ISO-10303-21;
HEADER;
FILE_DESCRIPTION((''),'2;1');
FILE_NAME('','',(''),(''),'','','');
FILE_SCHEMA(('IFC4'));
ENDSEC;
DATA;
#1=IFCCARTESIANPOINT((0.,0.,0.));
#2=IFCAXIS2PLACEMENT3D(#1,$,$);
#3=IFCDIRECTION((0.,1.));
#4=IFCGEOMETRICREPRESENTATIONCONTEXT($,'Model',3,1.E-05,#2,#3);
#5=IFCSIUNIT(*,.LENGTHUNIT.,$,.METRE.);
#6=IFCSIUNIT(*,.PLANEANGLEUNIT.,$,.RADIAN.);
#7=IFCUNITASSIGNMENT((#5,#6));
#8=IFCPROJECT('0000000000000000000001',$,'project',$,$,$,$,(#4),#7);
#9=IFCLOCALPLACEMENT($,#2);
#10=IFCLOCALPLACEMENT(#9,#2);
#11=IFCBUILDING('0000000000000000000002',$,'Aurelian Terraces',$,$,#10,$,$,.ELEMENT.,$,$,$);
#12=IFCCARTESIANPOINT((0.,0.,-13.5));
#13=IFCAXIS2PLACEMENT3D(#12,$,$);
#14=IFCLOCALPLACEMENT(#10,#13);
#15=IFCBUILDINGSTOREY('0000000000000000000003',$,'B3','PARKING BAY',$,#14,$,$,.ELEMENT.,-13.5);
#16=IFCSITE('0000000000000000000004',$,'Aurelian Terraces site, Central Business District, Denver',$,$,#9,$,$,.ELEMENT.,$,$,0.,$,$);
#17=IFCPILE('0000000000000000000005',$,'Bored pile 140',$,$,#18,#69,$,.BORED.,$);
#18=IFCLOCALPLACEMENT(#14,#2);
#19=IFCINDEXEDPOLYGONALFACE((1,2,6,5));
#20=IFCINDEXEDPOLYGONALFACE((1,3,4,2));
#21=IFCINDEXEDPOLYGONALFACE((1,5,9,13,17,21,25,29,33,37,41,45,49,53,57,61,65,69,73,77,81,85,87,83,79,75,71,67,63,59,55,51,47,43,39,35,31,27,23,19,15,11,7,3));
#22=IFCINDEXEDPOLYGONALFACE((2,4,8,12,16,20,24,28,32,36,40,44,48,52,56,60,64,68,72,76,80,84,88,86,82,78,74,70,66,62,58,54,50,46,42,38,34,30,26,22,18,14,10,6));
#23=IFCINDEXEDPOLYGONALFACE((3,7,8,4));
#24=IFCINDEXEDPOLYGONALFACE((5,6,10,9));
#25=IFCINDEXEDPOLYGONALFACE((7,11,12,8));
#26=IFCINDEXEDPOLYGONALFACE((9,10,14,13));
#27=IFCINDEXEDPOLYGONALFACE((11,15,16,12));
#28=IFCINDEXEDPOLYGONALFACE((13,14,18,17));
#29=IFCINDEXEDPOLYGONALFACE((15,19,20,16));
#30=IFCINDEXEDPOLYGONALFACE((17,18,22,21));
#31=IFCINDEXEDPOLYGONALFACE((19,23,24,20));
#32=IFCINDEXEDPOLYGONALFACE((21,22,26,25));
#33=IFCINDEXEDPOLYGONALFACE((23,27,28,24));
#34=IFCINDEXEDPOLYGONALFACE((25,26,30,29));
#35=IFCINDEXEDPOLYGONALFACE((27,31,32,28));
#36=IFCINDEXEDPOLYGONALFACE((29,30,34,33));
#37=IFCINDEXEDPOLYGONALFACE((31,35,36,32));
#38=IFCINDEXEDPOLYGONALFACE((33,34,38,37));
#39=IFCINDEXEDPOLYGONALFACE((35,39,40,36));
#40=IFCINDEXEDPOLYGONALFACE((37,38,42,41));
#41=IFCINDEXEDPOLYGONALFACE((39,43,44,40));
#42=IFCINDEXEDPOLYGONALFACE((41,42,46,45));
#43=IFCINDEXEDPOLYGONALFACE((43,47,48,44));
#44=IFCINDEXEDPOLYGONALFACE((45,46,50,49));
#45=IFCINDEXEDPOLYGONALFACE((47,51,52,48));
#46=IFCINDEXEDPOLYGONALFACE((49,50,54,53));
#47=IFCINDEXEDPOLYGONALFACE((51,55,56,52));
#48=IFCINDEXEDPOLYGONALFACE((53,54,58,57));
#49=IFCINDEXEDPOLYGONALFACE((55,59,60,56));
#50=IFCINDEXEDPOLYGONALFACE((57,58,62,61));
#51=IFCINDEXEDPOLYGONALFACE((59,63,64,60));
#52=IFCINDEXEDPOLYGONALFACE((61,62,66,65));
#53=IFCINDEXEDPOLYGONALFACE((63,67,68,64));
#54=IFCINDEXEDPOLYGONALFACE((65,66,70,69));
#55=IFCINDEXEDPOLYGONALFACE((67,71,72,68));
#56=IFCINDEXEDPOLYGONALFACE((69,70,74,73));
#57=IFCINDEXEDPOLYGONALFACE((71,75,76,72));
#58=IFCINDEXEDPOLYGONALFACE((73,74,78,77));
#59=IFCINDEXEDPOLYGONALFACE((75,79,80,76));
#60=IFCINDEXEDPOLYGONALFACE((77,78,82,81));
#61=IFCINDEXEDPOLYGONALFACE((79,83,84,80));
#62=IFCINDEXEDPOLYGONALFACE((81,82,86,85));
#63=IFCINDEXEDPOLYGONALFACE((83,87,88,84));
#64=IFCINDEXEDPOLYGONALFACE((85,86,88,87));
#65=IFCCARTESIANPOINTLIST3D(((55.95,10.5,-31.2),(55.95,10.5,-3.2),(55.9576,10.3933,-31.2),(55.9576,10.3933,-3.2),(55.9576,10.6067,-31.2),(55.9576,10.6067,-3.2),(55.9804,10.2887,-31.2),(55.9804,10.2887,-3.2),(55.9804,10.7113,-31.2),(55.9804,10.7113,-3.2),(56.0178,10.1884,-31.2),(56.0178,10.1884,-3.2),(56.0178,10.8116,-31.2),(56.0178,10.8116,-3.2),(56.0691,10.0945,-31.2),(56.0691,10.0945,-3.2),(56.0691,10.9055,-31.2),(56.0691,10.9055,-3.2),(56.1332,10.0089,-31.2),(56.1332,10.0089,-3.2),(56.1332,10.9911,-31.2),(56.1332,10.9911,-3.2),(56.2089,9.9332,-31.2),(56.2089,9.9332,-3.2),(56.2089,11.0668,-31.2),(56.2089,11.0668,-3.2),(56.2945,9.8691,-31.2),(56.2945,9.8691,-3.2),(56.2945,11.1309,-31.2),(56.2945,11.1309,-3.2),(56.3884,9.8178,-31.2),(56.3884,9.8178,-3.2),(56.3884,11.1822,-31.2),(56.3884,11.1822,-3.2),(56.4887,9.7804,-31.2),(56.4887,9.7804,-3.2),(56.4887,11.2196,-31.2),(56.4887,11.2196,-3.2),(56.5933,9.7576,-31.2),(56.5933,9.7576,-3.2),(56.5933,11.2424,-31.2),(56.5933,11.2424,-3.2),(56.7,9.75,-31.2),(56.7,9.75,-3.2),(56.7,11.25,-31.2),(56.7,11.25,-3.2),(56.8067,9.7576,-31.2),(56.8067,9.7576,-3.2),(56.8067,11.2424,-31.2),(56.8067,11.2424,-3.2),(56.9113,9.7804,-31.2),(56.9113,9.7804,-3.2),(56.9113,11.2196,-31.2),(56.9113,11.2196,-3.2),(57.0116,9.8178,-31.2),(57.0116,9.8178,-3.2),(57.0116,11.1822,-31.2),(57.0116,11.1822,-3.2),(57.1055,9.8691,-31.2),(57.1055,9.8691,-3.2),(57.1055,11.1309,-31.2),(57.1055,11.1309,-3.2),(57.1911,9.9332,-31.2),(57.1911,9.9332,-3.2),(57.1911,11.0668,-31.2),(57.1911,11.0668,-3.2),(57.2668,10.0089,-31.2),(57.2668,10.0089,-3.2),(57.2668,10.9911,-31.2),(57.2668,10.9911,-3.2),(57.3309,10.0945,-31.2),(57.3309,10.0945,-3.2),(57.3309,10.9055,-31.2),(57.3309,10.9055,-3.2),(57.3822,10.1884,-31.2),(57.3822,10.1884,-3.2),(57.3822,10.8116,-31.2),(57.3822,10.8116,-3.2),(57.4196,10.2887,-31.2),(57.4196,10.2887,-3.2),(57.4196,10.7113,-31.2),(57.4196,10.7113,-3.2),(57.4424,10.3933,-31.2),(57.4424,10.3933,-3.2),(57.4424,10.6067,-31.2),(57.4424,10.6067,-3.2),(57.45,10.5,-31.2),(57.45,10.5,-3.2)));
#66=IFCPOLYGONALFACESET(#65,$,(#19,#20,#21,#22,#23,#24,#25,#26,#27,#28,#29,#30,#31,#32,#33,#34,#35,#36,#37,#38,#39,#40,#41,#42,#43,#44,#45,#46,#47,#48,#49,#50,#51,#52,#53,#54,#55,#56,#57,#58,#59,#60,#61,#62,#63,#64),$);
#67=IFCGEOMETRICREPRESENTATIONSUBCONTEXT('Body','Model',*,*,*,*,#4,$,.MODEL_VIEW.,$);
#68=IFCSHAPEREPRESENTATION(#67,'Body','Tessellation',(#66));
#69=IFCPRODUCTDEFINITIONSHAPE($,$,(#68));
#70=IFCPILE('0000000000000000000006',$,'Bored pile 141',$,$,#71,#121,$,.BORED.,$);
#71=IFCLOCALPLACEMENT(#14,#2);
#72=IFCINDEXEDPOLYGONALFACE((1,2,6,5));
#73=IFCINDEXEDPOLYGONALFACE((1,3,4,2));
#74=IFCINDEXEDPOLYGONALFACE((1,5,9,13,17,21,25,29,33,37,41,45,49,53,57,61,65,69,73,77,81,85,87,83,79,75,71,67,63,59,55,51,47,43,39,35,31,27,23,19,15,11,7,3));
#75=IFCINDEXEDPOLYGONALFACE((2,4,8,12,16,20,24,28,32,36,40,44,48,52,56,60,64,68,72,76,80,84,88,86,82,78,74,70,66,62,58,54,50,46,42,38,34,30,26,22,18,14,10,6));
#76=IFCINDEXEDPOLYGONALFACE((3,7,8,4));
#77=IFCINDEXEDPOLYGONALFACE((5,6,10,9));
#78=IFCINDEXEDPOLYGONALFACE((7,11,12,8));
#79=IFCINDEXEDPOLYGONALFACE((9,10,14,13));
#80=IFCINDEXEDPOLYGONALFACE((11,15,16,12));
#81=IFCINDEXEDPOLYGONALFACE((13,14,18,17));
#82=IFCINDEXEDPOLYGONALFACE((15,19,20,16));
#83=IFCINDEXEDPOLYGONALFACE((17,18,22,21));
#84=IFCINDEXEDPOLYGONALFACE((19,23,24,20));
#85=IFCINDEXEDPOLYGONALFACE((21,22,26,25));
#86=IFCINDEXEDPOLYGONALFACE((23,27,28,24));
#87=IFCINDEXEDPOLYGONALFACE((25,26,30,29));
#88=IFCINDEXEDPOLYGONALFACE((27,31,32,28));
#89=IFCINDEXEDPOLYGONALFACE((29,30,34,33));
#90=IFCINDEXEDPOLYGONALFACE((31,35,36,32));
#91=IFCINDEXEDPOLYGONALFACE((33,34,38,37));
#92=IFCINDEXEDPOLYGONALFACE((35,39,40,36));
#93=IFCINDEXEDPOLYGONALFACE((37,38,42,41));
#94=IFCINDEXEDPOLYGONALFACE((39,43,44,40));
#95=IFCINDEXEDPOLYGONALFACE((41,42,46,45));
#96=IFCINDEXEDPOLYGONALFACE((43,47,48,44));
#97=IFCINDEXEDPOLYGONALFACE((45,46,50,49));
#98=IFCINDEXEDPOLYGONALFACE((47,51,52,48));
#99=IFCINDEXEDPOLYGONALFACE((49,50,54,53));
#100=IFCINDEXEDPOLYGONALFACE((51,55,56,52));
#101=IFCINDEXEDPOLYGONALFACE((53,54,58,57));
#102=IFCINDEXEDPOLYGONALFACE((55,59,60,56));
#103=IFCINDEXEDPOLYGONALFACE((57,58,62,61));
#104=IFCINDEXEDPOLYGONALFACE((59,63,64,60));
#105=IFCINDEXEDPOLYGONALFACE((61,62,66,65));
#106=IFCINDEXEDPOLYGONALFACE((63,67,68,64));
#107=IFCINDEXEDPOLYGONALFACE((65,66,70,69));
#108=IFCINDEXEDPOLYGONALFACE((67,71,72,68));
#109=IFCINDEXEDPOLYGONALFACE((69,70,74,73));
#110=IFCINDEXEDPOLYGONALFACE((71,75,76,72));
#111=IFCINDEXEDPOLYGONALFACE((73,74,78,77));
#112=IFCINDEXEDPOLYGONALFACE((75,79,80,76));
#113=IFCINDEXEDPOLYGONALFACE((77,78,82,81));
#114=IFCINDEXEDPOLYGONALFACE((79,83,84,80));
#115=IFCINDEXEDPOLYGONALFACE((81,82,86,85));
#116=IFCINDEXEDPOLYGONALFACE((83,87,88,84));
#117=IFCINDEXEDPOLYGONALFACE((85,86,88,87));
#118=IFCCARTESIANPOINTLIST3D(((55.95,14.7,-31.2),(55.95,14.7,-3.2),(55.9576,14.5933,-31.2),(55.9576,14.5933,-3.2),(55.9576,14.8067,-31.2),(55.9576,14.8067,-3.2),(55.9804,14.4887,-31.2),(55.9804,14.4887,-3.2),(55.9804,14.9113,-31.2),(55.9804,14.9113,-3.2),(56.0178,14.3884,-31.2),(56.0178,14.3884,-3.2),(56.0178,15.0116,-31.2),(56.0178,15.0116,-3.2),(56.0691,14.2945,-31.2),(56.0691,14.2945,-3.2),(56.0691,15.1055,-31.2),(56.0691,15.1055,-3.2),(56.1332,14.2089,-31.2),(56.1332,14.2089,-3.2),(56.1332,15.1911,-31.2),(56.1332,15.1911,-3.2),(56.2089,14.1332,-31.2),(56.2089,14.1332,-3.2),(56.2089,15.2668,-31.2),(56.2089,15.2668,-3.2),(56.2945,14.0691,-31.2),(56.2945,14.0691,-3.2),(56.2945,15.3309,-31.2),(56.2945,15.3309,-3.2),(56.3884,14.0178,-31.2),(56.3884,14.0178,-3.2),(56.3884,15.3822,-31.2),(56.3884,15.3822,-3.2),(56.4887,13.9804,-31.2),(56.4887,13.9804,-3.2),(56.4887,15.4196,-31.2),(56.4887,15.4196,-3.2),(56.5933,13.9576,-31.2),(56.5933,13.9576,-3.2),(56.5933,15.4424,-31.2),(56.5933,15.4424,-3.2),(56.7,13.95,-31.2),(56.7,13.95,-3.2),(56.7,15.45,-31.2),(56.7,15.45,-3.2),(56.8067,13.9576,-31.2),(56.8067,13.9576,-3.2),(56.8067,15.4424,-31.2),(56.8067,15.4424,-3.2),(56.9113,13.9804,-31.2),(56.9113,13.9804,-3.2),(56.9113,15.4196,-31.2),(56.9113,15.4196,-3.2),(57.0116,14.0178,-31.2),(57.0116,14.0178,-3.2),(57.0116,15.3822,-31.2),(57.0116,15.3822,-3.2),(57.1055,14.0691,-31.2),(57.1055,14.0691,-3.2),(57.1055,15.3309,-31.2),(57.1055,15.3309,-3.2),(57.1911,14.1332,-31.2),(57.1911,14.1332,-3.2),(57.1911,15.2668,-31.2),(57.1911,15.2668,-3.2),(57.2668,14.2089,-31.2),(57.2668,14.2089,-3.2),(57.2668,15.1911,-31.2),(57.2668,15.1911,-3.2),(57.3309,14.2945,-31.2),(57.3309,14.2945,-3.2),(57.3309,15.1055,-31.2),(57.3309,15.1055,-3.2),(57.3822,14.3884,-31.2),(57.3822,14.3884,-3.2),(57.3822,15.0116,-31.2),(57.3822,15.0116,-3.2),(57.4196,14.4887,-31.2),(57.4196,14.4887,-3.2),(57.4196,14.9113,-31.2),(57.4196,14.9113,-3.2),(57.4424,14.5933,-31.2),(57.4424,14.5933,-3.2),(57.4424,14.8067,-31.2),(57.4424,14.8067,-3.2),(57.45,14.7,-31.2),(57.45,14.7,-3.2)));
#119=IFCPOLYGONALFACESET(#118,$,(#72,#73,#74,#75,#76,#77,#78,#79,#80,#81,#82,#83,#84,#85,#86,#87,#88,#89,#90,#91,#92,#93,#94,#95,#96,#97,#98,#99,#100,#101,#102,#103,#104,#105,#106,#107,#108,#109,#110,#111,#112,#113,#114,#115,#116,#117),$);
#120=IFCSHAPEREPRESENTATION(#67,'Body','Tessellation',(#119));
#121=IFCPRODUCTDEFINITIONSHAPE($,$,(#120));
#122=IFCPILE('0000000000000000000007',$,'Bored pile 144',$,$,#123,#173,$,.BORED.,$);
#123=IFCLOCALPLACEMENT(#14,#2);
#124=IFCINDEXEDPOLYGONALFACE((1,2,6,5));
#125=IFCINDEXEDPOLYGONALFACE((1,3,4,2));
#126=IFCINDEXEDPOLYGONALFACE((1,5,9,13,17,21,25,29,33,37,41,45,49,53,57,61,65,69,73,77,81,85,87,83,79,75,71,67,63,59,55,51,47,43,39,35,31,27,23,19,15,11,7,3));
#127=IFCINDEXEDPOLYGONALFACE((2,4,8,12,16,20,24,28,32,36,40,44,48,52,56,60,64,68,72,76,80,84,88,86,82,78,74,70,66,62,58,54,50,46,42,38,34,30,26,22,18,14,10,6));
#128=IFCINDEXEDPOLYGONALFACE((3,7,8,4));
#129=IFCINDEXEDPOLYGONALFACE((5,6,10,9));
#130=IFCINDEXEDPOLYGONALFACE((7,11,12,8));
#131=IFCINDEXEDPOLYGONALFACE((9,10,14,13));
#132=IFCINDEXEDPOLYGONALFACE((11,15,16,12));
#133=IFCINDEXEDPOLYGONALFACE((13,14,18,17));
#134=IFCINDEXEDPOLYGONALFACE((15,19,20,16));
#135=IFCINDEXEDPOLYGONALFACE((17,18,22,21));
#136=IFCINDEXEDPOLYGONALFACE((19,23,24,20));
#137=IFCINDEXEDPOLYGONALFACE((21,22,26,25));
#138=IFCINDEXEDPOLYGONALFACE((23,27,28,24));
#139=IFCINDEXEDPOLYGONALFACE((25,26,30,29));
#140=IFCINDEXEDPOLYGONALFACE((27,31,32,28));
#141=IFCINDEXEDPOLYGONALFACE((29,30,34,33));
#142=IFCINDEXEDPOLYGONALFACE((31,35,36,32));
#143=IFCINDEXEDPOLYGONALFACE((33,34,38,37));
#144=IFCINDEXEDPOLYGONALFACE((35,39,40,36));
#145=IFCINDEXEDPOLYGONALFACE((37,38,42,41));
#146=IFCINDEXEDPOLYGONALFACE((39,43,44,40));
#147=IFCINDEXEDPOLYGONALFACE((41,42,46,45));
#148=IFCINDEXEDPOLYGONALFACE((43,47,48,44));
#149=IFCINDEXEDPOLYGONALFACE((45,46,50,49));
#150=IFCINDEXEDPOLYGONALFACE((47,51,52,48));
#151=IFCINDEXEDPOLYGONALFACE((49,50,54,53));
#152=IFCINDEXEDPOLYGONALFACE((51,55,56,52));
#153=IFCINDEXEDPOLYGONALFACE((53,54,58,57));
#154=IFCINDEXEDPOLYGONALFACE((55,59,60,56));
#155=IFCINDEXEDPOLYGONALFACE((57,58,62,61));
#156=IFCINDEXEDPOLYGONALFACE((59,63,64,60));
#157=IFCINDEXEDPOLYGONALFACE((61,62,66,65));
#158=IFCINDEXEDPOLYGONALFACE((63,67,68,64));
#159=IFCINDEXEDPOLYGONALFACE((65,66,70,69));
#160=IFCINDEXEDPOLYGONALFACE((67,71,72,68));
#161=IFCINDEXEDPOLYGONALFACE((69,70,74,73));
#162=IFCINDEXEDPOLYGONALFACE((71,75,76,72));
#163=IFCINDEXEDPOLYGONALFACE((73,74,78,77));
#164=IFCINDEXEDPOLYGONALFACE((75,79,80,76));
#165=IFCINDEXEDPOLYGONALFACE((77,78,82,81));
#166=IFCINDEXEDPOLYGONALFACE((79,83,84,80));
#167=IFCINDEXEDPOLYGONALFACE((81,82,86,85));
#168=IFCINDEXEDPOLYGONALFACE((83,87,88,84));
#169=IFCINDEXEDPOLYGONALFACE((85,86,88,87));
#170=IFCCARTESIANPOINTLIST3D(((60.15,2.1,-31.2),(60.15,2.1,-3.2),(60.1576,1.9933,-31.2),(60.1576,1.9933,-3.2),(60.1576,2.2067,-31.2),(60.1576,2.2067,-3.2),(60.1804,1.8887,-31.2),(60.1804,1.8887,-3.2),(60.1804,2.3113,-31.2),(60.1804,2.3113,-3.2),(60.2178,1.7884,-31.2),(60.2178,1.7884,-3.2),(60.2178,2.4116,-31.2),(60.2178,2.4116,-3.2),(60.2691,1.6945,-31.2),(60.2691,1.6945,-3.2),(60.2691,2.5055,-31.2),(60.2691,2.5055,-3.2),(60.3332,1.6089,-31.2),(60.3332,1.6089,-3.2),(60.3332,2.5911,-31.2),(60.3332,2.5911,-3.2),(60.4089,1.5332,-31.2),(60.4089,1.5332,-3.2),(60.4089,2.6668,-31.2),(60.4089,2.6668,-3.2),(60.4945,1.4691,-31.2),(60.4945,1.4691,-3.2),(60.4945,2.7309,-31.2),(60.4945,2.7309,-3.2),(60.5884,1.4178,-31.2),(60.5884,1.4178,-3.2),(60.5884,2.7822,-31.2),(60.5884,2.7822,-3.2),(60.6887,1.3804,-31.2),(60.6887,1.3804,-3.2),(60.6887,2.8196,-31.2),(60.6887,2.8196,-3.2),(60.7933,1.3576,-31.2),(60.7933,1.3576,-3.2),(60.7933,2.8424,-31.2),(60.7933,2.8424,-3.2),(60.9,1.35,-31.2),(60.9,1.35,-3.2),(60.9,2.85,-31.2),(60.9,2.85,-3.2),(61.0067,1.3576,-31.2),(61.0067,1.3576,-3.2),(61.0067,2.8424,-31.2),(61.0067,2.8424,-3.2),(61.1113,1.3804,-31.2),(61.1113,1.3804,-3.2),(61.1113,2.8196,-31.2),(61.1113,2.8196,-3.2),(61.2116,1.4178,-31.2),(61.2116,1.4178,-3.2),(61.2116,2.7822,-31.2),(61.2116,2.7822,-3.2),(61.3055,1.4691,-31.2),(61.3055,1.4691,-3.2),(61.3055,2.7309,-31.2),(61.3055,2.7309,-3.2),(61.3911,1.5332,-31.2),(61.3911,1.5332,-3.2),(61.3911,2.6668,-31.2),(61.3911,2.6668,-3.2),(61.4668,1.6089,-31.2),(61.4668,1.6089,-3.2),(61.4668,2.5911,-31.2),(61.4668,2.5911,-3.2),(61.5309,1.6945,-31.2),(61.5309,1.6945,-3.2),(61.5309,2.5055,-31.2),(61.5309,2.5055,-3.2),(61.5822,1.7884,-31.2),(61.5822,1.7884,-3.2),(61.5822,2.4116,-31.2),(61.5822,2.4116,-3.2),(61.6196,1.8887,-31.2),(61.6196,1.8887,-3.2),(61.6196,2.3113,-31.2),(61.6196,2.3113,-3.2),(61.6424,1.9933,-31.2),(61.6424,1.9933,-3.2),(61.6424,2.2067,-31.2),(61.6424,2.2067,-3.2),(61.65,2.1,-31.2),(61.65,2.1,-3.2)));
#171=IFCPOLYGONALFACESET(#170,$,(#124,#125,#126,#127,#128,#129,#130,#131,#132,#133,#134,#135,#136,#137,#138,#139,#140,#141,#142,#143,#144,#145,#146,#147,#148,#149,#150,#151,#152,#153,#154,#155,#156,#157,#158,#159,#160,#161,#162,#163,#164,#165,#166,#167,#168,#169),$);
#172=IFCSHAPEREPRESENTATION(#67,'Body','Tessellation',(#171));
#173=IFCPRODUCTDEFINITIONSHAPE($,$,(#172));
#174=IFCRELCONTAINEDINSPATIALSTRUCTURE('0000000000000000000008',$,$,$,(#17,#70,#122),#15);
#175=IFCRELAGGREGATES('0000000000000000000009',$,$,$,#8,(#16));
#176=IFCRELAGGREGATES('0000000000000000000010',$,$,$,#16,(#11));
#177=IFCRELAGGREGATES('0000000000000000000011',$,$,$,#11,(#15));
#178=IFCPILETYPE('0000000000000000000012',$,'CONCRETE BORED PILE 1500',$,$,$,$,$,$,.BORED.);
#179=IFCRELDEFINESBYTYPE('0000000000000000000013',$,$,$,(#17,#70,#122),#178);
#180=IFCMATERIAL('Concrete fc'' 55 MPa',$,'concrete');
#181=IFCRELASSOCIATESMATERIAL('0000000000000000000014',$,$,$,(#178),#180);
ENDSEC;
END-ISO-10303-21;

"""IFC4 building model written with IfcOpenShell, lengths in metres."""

from ifc_helpers import new_model, si_unit, direction, frame, origin, origin_2d, place, context, subcontext, project, spatial, circle, extrude, source, transform, mapped, material, material_profile, profile_set, type_object, element, save


model = new_model("IFC4")

# Units and contexts
model_context = context("Model", 3, precision=1e-05, world=origin(), true_north=direction((0.0, 1.0)))
body_context = subcontext(model_context, "Body", "Model", "MODEL_VIEW")
ifc_project = project(units=[si_unit("LENGTHUNIT", "METRE"), si_unit("PLANEANGLEUNIT", "RADIAN")], contexts=[model_context])

# Site, building, storey
site_placement = place(None, origin())
site = spatial("IfcSite", under=ifc_project, at=site_placement, Name="Aurelian Terraces site, Central Business District, Denver", CompositionType="ELEMENT", RefElevation=0.0)
building_placement = place(site_placement, origin())
building = spatial("IfcBuilding", under=site, at=building_placement, Name="Aurelian Terraces", CompositionType="ELEMENT")
storey_placement = place(building_placement, frame((0.0, 0.0, -13.5)))
storey = spatial("IfcBuildingStorey", under=building, at=storey_placement, Name="B3", Description="PARKING BAY", CompositionType="ELEMENT", Elevation=-13.5)

# Piles
ifc_material_1 = material(Name="Concrete fc' 55 MPa", Category="concrete")
ifc_material_profile_1 = material_profile(ifc_material_1, circle(Radius=0.75, at=origin_2d()))
ifc_profile_set_1 = profile_set([ifc_material_profile_1], Name="Concrete fc' 55 MPa")
pile_type = type_object("IfcPileType", Name="CONCRETE BORED PILE 1500", PredefinedType="BORED", material=ifc_profile_set_1)
shared_shape_1 = source(origin(), body_context, "Body", "SweptSolid", [
    extrude(circle(Radius=0.75, at=origin_2d()), origin(), (0.0, 0.0, 1.0), 28.0),
])
for number, where, z_axis, x_axis, name in (
    (1, (56.7, 10.5, -3.2), (0.0, 0.0, -1.0), (1.0, 0.0, 0.0), "Bored pile 140"),
    (2, (56.7, 14.7, -3.2), (0.0, 0.0, -1.0), (1.0, 0.0, 0.0), "Bored pile 141"),
    (3, (60.9, 2.1, -3.2), (0.0, 0.0, -1.0), (1.0, 0.0, 0.0), "Bored pile 144"),
):
    element("IfcPile", number, at=place(storey_placement, frame(where, z_axis=z_axis, x_axis=x_axis)), inside=storey, type_object=pile_type, Name=name, PredefinedType="BORED", context=body_context, shape_type="MappedRepresentation", body=[
        mapped(shared_shape_1, transform((0.0, 0.0, 0.0), scale=1.0)),
    ])

save(model, "model.ifc")
